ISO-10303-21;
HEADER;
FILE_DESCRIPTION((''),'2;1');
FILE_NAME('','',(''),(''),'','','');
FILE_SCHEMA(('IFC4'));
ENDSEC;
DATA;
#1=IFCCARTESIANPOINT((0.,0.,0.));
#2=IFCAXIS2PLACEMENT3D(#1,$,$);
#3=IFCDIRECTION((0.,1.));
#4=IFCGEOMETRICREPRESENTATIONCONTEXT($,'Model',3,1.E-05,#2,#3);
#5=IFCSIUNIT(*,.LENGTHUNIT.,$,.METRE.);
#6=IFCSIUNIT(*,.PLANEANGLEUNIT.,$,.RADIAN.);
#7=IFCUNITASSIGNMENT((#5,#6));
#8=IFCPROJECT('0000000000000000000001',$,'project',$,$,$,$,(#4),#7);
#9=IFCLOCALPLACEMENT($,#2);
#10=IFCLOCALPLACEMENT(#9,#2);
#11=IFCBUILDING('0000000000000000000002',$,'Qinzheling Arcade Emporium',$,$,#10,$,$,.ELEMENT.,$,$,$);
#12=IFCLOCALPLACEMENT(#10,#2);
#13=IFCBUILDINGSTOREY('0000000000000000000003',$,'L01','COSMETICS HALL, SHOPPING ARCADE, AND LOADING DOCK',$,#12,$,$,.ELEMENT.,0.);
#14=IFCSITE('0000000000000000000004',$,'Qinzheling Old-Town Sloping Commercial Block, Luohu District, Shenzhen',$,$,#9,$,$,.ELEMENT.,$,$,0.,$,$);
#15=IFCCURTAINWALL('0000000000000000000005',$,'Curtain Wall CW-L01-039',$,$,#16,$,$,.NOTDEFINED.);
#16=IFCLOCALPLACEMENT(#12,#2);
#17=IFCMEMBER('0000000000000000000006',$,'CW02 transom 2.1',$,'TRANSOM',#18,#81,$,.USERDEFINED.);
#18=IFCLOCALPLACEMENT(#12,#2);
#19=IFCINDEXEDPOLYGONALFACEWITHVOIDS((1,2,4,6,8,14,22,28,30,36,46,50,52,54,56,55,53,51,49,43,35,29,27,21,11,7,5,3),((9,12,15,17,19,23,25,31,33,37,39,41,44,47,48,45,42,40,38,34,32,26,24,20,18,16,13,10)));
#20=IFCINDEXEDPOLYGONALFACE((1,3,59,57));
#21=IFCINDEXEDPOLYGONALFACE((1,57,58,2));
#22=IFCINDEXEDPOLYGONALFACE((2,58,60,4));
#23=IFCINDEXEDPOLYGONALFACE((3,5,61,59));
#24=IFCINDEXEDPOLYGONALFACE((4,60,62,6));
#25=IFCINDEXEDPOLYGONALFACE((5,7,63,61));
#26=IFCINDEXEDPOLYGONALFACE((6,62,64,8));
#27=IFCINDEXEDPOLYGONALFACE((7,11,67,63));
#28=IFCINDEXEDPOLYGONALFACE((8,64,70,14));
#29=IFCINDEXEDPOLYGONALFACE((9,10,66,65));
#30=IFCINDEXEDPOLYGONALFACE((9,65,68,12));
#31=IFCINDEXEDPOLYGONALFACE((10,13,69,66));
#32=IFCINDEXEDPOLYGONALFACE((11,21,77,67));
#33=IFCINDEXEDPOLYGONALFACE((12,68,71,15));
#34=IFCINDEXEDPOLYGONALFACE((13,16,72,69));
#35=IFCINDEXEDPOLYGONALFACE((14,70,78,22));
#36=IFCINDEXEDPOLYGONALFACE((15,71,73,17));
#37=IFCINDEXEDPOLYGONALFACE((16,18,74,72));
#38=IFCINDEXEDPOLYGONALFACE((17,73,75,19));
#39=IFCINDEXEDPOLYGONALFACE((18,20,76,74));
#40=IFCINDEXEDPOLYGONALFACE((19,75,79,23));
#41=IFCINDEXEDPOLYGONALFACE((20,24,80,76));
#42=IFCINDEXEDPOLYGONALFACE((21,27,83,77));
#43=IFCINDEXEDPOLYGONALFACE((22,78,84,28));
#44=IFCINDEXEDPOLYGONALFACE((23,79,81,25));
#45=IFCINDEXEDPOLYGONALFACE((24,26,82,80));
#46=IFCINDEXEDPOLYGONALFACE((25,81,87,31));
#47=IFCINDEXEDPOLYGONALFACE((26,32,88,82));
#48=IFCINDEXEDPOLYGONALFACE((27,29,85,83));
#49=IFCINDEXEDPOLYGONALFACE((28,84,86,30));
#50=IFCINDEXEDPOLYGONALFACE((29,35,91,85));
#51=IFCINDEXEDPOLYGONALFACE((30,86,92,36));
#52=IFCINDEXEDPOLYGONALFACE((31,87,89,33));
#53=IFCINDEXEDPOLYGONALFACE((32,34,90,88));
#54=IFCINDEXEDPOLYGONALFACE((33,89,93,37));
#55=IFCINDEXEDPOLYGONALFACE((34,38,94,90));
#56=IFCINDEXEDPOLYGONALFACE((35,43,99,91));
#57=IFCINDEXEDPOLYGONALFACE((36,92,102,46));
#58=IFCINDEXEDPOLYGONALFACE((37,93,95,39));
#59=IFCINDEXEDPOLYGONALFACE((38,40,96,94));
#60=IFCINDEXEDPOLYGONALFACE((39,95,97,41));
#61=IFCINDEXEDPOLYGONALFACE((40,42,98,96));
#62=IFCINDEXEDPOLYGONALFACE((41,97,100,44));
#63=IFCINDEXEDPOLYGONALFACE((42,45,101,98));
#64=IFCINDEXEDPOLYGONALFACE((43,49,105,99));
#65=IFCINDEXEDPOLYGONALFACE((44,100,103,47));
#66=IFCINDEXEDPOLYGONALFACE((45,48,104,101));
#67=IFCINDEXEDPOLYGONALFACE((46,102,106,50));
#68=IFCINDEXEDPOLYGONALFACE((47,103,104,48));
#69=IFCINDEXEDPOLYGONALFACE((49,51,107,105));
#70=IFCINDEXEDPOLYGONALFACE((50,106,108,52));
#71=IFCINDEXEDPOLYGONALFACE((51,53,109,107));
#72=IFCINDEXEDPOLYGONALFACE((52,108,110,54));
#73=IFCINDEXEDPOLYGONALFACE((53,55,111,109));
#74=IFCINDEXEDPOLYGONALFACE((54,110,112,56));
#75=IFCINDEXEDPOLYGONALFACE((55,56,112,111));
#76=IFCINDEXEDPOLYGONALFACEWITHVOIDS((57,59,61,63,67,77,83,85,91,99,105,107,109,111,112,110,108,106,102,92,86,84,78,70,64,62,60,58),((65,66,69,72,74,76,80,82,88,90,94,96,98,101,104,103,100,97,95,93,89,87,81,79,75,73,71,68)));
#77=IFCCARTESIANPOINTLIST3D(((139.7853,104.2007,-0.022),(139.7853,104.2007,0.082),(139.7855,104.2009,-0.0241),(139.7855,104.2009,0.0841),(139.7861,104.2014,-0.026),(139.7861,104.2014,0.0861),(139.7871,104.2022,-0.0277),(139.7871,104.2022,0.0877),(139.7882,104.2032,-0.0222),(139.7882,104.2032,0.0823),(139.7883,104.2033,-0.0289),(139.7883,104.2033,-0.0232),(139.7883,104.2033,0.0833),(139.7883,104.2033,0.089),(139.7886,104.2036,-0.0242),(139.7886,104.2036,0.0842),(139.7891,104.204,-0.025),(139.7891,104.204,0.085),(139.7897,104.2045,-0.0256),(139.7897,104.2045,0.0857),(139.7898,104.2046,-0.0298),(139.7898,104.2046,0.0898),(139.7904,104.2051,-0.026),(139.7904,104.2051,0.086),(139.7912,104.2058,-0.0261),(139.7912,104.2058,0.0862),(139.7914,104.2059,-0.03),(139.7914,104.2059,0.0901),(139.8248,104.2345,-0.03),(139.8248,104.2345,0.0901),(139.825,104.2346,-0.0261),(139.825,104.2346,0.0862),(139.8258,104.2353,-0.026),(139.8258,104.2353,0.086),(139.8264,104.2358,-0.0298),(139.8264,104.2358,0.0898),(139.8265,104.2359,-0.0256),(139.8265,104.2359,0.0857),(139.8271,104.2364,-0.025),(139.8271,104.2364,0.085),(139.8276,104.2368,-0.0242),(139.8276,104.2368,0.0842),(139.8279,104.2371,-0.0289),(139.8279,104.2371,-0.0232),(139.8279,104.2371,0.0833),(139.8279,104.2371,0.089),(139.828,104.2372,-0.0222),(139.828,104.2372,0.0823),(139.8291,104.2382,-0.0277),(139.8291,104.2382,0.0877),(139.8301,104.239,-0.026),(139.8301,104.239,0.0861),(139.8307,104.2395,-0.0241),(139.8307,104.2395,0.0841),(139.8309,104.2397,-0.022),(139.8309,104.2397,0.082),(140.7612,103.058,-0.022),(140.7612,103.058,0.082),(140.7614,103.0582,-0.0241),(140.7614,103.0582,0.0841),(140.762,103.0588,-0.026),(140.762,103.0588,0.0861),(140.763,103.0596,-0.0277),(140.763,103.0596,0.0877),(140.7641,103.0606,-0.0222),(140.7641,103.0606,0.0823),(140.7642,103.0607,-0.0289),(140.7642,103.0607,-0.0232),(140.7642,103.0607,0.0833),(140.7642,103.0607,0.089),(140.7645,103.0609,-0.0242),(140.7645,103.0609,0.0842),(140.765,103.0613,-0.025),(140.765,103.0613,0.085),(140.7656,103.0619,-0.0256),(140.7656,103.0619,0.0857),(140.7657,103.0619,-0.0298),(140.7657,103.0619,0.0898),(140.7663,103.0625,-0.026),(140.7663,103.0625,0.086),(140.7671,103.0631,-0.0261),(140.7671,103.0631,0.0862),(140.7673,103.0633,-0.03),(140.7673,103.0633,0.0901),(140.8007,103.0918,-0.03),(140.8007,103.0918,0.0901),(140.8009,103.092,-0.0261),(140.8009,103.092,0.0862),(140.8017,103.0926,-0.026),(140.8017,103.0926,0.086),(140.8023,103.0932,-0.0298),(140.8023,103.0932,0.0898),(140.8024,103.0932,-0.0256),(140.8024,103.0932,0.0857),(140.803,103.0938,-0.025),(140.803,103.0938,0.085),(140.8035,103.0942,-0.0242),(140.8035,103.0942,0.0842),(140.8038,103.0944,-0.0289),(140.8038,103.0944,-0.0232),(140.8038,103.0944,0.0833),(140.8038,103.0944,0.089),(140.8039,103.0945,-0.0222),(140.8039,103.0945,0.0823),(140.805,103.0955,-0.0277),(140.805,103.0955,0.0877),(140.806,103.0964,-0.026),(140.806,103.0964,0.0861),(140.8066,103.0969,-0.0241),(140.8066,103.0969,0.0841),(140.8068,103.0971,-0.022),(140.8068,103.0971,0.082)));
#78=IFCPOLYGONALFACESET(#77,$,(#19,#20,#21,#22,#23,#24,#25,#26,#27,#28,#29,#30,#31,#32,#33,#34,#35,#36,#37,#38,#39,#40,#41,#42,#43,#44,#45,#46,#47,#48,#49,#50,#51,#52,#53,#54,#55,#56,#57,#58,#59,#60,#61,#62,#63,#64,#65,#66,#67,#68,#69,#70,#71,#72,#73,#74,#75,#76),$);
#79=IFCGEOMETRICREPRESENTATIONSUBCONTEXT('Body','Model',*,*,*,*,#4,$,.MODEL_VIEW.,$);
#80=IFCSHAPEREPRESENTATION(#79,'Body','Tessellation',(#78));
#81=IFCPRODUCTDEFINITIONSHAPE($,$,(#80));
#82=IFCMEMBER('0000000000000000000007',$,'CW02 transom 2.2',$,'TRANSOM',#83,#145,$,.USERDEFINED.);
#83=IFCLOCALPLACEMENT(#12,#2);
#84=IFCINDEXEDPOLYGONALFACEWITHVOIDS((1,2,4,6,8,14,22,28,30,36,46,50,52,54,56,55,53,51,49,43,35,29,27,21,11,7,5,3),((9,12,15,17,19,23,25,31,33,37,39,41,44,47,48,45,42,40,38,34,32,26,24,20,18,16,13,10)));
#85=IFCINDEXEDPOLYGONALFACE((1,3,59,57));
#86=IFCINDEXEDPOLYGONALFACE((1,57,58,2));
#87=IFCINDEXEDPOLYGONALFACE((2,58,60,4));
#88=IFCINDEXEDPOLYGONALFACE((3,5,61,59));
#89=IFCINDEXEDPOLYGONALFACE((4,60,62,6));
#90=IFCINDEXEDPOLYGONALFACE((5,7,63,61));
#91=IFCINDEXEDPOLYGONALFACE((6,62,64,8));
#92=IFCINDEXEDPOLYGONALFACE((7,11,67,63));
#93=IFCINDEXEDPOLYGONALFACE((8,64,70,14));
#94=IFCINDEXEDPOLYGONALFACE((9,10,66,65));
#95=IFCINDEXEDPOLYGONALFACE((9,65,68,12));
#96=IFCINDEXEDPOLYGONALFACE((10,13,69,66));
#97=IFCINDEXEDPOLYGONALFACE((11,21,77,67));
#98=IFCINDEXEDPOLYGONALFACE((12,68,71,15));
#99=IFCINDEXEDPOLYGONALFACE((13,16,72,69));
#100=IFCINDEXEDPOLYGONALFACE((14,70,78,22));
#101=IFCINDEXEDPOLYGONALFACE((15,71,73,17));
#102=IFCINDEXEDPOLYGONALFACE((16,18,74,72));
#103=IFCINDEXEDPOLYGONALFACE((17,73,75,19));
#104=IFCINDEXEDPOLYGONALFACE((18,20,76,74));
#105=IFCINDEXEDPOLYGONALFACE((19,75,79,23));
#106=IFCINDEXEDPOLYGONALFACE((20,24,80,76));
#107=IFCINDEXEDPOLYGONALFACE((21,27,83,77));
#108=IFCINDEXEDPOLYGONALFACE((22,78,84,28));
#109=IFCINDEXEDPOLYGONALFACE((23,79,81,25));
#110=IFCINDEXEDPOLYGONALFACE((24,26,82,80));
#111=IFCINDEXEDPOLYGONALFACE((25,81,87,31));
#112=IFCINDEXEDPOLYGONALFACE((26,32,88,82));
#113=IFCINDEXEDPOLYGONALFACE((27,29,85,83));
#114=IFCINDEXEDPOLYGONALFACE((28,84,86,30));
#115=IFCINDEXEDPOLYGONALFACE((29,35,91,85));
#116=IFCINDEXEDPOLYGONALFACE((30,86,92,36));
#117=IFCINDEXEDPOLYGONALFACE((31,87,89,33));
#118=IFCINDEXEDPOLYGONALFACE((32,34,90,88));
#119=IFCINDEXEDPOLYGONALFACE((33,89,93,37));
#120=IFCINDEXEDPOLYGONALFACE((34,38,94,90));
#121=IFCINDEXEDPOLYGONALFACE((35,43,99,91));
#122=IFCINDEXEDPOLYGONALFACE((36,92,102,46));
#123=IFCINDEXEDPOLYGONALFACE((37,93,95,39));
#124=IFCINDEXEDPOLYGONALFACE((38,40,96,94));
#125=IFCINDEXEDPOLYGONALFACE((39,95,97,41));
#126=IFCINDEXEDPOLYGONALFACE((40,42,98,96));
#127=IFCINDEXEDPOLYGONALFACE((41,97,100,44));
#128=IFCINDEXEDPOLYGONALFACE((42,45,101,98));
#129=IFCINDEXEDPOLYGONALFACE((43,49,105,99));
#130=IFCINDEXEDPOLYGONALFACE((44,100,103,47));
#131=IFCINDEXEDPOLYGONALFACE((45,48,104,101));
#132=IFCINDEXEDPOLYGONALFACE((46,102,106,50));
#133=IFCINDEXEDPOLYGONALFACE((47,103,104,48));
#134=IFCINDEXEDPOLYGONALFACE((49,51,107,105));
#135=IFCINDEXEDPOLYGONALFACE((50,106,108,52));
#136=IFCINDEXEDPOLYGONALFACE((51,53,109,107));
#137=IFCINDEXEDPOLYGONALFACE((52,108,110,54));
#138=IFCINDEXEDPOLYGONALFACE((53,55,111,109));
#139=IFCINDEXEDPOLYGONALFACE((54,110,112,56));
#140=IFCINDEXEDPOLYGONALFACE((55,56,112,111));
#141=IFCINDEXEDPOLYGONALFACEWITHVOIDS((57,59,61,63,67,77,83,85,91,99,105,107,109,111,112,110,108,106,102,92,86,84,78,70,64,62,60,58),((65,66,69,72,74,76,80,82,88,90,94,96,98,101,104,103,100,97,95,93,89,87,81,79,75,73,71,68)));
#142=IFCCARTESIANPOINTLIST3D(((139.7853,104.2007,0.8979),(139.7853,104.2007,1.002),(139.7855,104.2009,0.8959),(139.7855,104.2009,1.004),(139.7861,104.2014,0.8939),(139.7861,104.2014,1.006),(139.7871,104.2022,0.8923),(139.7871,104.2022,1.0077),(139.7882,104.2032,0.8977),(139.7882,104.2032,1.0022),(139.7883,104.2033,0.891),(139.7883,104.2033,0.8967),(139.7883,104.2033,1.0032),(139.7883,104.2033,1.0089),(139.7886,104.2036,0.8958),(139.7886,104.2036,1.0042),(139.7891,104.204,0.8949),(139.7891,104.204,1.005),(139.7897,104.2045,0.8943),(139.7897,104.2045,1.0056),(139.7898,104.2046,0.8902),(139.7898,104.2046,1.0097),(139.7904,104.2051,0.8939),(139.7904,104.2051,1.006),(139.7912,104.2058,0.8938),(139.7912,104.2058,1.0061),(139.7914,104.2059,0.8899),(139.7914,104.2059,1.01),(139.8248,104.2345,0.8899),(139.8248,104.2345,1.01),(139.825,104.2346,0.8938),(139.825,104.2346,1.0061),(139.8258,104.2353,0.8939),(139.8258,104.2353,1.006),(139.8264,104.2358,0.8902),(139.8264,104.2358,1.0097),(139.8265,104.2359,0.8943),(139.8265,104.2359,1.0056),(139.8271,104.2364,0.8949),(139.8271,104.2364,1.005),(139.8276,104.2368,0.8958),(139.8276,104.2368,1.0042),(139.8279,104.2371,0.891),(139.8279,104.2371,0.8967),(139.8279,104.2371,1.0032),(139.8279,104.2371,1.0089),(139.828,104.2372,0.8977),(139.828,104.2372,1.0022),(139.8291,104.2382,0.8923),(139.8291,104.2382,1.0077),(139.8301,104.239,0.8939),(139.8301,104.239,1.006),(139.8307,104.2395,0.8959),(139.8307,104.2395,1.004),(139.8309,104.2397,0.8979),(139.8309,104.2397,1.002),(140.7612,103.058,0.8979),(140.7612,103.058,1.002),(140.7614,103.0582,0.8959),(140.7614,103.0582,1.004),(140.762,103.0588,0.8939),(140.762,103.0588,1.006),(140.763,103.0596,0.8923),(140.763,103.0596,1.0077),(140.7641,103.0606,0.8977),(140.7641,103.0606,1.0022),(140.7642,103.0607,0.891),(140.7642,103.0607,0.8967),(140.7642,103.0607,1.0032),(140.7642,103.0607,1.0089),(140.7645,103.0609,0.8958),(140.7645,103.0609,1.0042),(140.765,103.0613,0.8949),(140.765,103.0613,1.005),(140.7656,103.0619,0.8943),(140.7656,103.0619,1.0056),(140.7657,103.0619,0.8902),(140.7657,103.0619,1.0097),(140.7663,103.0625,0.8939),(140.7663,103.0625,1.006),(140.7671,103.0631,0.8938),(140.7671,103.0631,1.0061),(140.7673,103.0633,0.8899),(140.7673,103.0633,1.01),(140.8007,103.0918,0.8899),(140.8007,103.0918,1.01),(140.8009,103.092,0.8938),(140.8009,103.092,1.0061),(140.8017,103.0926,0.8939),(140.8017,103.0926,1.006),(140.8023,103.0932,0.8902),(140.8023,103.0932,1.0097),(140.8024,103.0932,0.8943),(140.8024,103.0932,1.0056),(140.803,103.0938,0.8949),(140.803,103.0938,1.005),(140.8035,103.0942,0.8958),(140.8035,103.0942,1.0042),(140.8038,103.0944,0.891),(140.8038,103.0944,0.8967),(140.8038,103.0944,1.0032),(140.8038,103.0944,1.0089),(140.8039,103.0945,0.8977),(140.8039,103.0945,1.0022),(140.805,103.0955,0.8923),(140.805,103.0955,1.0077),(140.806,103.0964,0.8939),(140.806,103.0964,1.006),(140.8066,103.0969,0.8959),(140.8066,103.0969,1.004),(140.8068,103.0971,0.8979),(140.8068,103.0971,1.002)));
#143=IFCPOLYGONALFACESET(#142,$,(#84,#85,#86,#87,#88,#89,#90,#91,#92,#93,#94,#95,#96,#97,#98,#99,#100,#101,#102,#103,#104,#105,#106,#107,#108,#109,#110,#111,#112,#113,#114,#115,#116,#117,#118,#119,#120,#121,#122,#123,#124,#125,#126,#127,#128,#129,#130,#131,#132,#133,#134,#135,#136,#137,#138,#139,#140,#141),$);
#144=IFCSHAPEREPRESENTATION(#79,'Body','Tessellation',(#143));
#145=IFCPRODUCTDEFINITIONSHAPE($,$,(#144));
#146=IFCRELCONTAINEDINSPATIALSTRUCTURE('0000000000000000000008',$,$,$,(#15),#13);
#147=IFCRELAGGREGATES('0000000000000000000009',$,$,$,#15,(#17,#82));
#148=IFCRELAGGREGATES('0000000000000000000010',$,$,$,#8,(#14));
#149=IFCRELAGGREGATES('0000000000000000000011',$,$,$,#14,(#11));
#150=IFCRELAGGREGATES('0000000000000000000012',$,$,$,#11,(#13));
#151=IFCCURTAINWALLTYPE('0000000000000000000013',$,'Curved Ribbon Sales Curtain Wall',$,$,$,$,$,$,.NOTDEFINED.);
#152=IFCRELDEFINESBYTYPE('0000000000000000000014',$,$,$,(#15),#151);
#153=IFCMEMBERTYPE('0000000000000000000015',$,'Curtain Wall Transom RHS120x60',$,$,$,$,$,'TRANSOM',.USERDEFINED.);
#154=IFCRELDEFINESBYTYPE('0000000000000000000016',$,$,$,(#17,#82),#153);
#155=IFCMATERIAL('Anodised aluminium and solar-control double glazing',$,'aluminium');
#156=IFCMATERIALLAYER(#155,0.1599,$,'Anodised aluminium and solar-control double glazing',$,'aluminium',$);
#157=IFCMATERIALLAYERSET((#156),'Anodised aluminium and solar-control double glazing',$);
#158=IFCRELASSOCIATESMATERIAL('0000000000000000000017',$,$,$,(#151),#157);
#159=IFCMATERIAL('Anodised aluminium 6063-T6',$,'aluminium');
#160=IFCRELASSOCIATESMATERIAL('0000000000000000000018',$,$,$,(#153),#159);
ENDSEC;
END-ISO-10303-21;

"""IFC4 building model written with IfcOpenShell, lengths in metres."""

from ifc_helpers import new_model, si_unit, direction, frame, origin, origin_2d, place, context, subcontext, project, spatial, hollow_rectangle, extrude, material, layer, layer_set, material_profile, profile_set, type_object, element, aggregate, save


model = new_model("IFC4")

# Units and contexts
model_context = context("Model", 3, precision=1e-05, world=origin(), true_north=direction((0.0, 1.0)))
body_context = subcontext(model_context, "Body", "Model", "MODEL_VIEW")
ifc_project = project(units=[si_unit("LENGTHUNIT", "METRE"), si_unit("PLANEANGLEUNIT", "RADIAN")], contexts=[model_context])

# Site, building, storey
site_placement = place(None, origin())
site = spatial("IfcSite", under=ifc_project, at=site_placement, Name="Qinzheling Old-Town Sloping Commercial Block, Luohu District, Shenzhen", CompositionType="ELEMENT", RefElevation=0.0)
building_placement = place(site_placement, origin())
building = spatial("IfcBuilding", under=site, at=building_placement, Name="Qinzheling Arcade Emporium", CompositionType="ELEMENT")
storey_placement = place(building_placement, origin())
storey = spatial("IfcBuildingStorey", under=building, at=storey_placement, Name="L01", Description="COSMETICS HALL, SHOPPING ARCADE, AND LOADING DOCK", CompositionType="ELEMENT", Elevation=0.0)

# Curtain wall
ifc_material_1 = material(Name="Anodised aluminium and solar-control double glazing", Category="aluminium")
ifc_layer_1 = layer(ifc_material_1, 0.1599, Name="Anodised aluminium and solar-control double glazing", Category="aluminium")
ifc_layer_set_1 = layer_set([ifc_layer_1], Name="Anodised aluminium and solar-control double glazing")
curtain_wall_type = type_object("IfcCurtainWallType", Name="Curved Ribbon Sales Curtain Wall", PredefinedType="NOTDEFINED", material=ifc_layer_set_1)
ifc_material_2 = material(Name="Anodised aluminium 6063-T6", Category="aluminium")
curtain_wall_1_placement = place(storey_placement, origin())
curtain_wall_1 = element("IfcCurtainWall", 1, at=curtain_wall_1_placement, inside=storey, type_object=curtain_wall_type, Name="Curtain Wall CW-L01-039", PredefinedType="NOTDEFINED")

# Members
ifc_material_profile_1 = material_profile(ifc_material_2, hollow_rectangle(XDim=0.0601, YDim=0.1201, WallThickness=0.0039, InnerFilletRadius=0.0039, OuterFilletRadius=0.0081, at=origin_2d()), Name="RHS 120x60x4", Category="aluminium")
ifc_profile_set_1 = profile_set([ifc_material_profile_1], Name="Anodised aluminium 6063-T6")
member_type_1 = type_object("IfcMemberType", Name="Curtain Wall Transom RHS120x60", ElementType="TRANSOM", PredefinedType="USERDEFINED", material=ifc_profile_set_1)
member_1_placement = place(storey_placement, frame((139.8081, 104.2202, 0.03), z_axis=(0.649439, -0.760414, 0.0), x_axis=(0.760414, 0.649439, 0.0)))
member_1 = element("IfcMember", 2, at=member_1_placement, type_object=member_type_1, Name="CW02 transom 2.1", ObjectType="TRANSOM", PredefinedType="USERDEFINED", context=body_context, shape_type="SweptSolid", body=[
    extrude(hollow_rectangle(XDim=0.0601, YDim=0.1201, WallThickness=0.0039, InnerFilletRadius=0.0039, OuterFilletRadius=0.0081, at=origin_2d()), origin(), (0.0, 0.0, 1.0), 1.5027),
])
member_2_placement = place(storey_placement, frame((139.8081, 104.2202, 0.95), z_axis=(0.649439, -0.760414, 0.0), x_axis=(0.760414, 0.649439, 0.0)))
member_2 = element("IfcMember", 3, at=member_2_placement, type_object=member_type_1, Name="CW02 transom 2.2", ObjectType="TRANSOM", PredefinedType="USERDEFINED", context=body_context, shape_type="SweptSolid", body=[
    extrude(hollow_rectangle(XDim=0.0601, YDim=0.1201, WallThickness=0.0039, InnerFilletRadius=0.0039, OuterFilletRadius=0.0081, at=origin_2d()), origin(), (0.0, 0.0, 1.0), 1.5027),
])

aggregate(curtain_wall_1, [member_1, member_2])

save(model, "model.ifc")
